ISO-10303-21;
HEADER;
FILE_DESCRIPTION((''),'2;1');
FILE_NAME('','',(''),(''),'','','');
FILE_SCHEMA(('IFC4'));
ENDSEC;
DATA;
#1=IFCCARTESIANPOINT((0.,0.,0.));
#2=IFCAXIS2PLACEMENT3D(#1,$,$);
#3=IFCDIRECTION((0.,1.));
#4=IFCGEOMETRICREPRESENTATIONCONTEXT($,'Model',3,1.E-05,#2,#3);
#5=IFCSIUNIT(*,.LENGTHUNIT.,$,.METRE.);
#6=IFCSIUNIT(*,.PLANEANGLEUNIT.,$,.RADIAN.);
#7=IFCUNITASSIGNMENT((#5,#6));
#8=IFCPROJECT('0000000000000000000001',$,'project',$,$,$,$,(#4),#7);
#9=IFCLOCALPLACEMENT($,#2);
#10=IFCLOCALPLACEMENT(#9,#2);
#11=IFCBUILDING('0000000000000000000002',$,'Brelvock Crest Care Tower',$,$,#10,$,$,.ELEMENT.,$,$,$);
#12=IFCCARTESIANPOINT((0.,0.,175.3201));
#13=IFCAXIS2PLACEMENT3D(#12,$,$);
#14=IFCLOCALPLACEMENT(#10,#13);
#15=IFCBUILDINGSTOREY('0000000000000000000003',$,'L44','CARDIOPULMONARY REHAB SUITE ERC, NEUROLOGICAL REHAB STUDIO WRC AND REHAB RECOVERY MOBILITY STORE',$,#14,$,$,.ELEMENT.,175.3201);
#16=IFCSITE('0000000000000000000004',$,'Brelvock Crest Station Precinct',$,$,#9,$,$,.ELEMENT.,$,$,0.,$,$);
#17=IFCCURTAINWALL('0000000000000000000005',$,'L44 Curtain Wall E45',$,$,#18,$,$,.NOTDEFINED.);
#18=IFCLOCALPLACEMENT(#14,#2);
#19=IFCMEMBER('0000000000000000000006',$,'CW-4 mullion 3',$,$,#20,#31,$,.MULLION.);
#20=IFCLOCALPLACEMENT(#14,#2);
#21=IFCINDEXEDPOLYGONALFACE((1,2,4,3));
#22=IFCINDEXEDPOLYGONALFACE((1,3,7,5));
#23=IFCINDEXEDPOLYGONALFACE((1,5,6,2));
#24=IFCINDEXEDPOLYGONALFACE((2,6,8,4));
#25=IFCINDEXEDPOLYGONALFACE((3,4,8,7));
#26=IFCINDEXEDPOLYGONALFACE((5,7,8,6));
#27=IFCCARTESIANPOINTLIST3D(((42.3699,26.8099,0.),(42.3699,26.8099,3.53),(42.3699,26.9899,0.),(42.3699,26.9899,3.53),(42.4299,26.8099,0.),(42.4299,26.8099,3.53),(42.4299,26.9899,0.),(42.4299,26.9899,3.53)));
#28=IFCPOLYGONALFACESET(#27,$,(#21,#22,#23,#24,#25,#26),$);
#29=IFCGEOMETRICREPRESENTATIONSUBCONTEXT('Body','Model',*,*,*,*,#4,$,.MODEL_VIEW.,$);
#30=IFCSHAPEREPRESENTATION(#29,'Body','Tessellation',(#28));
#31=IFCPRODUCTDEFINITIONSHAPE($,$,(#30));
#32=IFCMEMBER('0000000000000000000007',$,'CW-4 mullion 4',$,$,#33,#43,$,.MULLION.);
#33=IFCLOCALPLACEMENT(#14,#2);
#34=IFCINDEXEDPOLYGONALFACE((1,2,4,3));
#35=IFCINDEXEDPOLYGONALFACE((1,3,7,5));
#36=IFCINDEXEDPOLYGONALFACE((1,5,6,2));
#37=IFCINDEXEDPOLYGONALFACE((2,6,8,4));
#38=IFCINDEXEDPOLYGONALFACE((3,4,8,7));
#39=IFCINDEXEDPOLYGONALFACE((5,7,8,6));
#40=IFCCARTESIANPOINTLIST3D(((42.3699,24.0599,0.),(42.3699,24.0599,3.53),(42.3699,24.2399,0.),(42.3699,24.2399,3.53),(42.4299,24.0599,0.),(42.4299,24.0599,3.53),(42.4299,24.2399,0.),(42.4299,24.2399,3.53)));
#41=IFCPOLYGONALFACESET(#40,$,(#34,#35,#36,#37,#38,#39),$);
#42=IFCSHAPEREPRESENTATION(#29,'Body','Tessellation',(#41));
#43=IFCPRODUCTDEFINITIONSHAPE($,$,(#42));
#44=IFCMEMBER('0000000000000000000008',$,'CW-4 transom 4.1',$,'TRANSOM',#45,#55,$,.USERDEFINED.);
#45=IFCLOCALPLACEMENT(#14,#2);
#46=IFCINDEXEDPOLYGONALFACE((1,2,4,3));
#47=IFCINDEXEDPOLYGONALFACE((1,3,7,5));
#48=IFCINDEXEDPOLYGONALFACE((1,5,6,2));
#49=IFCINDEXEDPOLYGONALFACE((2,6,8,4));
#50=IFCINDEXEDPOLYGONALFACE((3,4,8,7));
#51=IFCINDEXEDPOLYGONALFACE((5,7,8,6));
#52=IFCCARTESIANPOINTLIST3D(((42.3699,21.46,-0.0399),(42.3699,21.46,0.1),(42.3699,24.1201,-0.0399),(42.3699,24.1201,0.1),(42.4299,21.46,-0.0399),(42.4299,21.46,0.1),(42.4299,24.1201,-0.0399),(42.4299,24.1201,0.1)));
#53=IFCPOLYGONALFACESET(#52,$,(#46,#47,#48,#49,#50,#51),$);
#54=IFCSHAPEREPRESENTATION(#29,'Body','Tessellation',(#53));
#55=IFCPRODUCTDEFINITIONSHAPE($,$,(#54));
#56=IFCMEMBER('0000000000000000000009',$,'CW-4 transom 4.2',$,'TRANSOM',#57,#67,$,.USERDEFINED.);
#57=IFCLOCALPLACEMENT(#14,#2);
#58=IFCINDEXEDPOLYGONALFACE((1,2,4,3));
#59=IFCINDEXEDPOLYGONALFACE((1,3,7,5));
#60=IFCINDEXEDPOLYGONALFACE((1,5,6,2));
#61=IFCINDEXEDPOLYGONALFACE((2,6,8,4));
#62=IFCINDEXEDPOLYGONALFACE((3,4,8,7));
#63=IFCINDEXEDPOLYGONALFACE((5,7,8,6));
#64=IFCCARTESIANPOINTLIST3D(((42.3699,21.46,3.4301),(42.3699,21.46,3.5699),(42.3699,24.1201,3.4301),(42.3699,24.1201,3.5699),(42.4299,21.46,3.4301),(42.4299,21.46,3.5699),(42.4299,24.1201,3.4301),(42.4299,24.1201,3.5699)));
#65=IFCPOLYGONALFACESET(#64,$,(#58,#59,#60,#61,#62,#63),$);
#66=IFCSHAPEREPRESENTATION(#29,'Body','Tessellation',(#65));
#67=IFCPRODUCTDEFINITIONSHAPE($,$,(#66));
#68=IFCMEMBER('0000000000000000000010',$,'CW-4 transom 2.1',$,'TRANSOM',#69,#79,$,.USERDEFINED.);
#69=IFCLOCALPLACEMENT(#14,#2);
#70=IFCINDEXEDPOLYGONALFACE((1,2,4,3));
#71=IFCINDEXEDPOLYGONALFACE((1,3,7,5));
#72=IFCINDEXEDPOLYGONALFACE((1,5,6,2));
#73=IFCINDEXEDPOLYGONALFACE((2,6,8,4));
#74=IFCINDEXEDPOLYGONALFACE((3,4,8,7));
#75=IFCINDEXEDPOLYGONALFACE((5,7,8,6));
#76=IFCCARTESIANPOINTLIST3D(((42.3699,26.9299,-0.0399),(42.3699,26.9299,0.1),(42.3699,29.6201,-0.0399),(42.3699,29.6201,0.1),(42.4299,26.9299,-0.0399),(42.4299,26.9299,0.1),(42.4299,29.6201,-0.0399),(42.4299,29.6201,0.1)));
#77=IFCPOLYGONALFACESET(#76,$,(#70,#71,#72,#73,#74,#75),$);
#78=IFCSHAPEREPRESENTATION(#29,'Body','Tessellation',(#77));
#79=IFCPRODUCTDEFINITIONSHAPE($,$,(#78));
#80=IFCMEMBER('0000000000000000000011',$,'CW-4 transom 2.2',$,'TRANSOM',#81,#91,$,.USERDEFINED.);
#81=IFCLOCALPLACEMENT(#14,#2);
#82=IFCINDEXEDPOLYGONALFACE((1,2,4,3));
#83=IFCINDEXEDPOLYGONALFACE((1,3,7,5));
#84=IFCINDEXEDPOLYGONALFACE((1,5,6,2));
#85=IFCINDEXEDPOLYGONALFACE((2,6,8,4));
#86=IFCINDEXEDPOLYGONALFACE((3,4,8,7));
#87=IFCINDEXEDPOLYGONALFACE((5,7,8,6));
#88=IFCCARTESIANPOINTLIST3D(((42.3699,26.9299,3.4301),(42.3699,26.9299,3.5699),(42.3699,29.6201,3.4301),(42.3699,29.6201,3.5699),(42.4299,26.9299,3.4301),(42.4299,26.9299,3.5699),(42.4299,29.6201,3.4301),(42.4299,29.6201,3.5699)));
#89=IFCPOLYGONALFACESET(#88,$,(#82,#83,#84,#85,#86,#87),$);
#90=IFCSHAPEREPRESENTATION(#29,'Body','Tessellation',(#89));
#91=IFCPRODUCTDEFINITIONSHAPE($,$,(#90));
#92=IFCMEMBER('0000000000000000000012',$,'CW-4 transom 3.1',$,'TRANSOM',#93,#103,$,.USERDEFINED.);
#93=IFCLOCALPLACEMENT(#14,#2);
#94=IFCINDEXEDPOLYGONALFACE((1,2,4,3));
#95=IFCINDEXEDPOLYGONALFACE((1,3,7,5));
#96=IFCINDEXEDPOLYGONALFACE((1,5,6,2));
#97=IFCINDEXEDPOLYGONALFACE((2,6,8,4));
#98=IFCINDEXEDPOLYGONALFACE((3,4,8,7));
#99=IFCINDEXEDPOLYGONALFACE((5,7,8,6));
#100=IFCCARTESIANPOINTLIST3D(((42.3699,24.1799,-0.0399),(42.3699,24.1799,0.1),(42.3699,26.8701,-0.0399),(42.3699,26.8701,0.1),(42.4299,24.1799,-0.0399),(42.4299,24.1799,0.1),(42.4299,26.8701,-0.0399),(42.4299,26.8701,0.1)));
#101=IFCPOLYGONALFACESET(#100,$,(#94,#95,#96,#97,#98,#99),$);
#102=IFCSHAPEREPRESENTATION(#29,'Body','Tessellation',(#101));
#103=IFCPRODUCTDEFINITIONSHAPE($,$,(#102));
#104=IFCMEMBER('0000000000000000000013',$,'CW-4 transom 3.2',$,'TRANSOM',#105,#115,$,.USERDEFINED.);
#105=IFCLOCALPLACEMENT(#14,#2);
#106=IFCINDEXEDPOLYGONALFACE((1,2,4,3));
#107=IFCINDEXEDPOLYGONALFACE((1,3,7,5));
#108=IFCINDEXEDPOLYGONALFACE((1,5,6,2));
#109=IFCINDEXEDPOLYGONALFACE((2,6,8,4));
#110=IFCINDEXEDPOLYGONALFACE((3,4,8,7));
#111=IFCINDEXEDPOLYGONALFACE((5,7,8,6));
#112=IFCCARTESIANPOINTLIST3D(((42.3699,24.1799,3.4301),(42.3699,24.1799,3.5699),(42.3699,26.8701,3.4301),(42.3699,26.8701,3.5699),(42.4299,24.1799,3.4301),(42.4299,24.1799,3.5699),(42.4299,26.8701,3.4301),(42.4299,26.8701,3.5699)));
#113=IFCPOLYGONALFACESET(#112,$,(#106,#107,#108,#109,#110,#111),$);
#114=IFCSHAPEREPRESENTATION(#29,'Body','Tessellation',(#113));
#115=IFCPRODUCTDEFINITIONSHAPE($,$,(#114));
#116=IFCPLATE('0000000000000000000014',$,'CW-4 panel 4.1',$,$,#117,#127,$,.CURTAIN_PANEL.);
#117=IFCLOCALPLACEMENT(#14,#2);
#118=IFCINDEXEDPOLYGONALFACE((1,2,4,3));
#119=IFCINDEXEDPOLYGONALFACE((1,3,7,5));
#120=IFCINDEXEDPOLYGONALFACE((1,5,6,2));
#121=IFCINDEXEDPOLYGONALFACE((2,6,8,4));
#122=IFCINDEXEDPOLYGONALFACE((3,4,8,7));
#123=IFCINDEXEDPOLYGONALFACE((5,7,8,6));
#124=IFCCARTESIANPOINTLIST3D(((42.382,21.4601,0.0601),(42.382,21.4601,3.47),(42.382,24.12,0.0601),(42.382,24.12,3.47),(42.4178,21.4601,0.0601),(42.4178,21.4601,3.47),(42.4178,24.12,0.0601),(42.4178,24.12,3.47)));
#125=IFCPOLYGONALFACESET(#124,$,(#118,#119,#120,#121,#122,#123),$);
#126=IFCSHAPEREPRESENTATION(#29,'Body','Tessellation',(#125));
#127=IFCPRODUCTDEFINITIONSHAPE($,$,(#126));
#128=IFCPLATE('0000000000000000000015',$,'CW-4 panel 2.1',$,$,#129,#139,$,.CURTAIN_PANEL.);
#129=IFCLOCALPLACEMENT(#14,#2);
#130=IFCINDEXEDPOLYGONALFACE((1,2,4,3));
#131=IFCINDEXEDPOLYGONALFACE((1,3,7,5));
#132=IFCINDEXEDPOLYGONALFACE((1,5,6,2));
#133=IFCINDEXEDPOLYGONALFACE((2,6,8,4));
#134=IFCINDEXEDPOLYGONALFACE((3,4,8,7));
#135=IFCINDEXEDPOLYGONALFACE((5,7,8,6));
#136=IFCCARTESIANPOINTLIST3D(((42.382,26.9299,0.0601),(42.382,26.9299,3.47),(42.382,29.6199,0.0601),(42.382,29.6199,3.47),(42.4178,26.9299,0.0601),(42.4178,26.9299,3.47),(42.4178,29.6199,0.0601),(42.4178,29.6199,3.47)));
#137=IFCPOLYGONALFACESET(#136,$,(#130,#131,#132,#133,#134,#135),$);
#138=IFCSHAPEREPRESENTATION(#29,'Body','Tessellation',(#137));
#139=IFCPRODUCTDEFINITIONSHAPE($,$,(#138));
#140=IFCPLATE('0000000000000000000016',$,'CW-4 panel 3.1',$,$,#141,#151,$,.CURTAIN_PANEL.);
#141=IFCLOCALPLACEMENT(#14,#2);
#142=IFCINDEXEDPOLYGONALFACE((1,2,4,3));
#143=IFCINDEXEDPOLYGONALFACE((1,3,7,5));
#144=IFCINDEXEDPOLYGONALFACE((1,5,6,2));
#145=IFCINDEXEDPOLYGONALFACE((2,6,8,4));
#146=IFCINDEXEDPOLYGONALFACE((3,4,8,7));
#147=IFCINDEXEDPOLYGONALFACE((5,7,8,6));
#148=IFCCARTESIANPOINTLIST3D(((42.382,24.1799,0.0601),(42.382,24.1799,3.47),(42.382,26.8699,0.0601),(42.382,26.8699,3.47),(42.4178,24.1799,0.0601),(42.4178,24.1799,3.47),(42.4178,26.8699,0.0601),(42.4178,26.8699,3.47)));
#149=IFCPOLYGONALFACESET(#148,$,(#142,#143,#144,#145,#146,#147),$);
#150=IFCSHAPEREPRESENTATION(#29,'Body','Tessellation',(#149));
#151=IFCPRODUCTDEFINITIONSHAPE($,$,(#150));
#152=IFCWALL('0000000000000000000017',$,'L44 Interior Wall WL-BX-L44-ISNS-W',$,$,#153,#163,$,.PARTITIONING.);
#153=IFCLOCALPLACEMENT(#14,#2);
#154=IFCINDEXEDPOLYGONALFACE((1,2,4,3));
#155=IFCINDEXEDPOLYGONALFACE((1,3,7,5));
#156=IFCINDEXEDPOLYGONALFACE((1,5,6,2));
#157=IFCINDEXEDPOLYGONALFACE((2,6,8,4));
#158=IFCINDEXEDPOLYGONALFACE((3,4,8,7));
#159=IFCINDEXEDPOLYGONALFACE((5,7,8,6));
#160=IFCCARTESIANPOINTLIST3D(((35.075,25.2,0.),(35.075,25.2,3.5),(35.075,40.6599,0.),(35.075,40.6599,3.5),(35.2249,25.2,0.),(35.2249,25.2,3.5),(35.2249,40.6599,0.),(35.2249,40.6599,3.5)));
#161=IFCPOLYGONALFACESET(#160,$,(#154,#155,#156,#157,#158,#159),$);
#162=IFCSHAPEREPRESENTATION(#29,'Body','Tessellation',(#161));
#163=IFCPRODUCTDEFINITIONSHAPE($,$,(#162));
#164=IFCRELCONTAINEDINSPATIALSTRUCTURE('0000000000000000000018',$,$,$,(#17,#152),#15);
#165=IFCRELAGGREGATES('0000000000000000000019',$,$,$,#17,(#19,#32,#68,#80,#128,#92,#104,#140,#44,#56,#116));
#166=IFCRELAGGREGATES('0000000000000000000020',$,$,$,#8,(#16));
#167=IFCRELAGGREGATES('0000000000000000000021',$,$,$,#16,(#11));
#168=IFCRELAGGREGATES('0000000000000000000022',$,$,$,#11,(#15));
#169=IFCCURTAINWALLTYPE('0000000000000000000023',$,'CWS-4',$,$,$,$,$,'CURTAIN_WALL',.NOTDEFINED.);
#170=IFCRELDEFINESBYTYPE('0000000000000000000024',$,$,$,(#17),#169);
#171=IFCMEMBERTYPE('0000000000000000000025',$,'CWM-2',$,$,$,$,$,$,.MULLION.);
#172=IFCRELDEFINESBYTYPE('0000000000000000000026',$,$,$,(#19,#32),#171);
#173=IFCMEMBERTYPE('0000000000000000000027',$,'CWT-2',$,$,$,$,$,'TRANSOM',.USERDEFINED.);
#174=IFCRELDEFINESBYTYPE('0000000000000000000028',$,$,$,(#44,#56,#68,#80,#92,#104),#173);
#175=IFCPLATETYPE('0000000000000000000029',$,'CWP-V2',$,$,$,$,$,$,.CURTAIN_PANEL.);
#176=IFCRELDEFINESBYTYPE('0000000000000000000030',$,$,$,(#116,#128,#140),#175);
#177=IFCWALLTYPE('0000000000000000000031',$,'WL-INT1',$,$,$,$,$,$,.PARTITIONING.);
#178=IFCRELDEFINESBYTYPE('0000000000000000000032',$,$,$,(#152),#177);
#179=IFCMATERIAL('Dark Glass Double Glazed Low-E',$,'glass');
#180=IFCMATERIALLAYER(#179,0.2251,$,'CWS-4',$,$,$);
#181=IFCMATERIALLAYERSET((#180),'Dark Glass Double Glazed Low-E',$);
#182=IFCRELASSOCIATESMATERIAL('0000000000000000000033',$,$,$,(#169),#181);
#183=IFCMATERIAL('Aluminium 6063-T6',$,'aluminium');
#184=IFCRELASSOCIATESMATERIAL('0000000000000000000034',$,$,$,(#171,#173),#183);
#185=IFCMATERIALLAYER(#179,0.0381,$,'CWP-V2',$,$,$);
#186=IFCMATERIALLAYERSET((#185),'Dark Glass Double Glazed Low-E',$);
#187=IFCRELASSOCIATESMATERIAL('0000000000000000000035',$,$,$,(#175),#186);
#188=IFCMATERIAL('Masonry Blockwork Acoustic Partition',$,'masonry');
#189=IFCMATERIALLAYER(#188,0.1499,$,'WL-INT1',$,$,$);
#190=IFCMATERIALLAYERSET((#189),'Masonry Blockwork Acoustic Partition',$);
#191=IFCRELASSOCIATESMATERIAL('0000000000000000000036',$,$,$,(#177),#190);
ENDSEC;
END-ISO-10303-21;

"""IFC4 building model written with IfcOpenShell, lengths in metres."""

from ifc_helpers import new_model, si_unit, direction, frame, frame_2d, origin, origin_2d, place, context, subcontext, project, spatial, rectangle, extrude, source, transform, mapped, material, layer, layer_set, material_profile, profile_set, type_object, element, aggregate, save


model = new_model("IFC4")

# Units and contexts
model_context = context("Model", 3, precision=1e-05, world=origin(), true_north=direction((0.0, 1.0)))
body_context = subcontext(model_context, "Body", "Model", "MODEL_VIEW")
ifc_project = project(units=[si_unit("LENGTHUNIT", "METRE"), si_unit("PLANEANGLEUNIT", "RADIAN")], contexts=[model_context])

# Site, building, storey
site_placement = place(None, origin())
site = spatial("IfcSite", under=ifc_project, at=site_placement, Name="Brelvock Crest Station Precinct", CompositionType="ELEMENT", RefElevation=0.0)
building_placement = place(site_placement, origin())
building = spatial("IfcBuilding", under=site, at=building_placement, Name="Brelvock Crest Care Tower", CompositionType="ELEMENT")
storey_placement = place(building_placement, frame((0.0, 0.0, 175.3201)))
storey = spatial("IfcBuildingStorey", under=building, at=storey_placement, Name="L44", Description="CARDIOPULMONARY REHAB SUITE ERC, NEUROLOGICAL REHAB STUDIO WRC AND REHAB RECOVERY MOBILITY STORE", CompositionType="ELEMENT", Elevation=175.3201)

# Curtain wall, members, plates
ifc_material_1 = material(Name="Dark Glass Double Glazed Low-E", Category="glass")
ifc_layer_1 = layer(ifc_material_1, 0.2251, Name="CWS-4")
ifc_layer_set_1 = layer_set([ifc_layer_1], Name="Dark Glass Double Glazed Low-E")
curtain_wall_type = type_object("IfcCurtainWallType", Name="CWS-4", ElementType="CURTAIN_WALL", PredefinedType="NOTDEFINED", material=ifc_layer_set_1)
curtain_wall_placement = place(storey_placement, origin())
curtain_wall = element("IfcCurtainWall", 1, at=curtain_wall_placement, inside=storey, type_object=curtain_wall_type, Name="L44 Curtain Wall E45", PredefinedType="NOTDEFINED")
ifc_material_2 = material(Name="Aluminium 6063-T6", Category="aluminium")
ifc_material_profile_1 = material_profile(ifc_material_2, rectangle(XDim=0.0601, YDim=0.1799, at=origin_2d()), Name="ALU60x180")
ifc_profile_set_1 = profile_set([ifc_material_profile_1], Name="Aluminium 6063-T6")
member_type_1 = type_object("IfcMemberType", Name="CWM-2", PredefinedType="MULLION", material=ifc_profile_set_1)
shared_shape_1 = source(origin(), body_context, "Body", "SweptSolid", [
    extrude(rectangle(XDim=0.0601, YDim=0.1799, at=origin_2d()), origin(), (0.0, 0.0, 1.0), 3.53),
])
member_1_placement = place(storey_placement, frame((42.3999, 26.8999, 0.0), z_axis=(0.0, 0.0, 1.0), x_axis=(1.0, 0.0, 0.0)))
member_1 = element("IfcMember", 2, at=member_1_placement, type_object=member_type_1, Name="CW-4 mullion 3", PredefinedType="MULLION", context=body_context, shape_type="MappedRepresentation", body=[
    mapped(shared_shape_1, transform((0.0, 0.0, 0.0), x_axis=(1.0, 0.0, 0.0), y_axis=(0.0, 1.0, 0.0), z_axis=(0.0, 0.0, 1.0), scale=1.0)),
])
member_2_placement = place(storey_placement, frame((42.3999, 24.1499, 0.0), z_axis=(0.0, 0.0, 1.0), x_axis=(1.0, 0.0, 0.0)))
member_2 = element("IfcMember", 3, at=member_2_placement, type_object=member_type_1, Name="CW-4 mullion 4", PredefinedType="MULLION", context=body_context, shape_type="MappedRepresentation", body=[
    mapped(shared_shape_1, transform((0.0, 0.0, 0.0), x_axis=(1.0, 0.0, 0.0), y_axis=(0.0, 1.0, 0.0), z_axis=(0.0, 0.0, 1.0), scale=1.0)),
])
ifc_material_profile_2 = material_profile(ifc_material_2, rectangle(XDim=0.0601, YDim=0.1399, at=origin_2d()), Name="ALU60x140")
ifc_profile_set_2 = profile_set([ifc_material_profile_2], Name="Aluminium 6063-T6")
member_type_2 = type_object("IfcMemberType", Name="CWT-2", ElementType="TRANSOM", PredefinedType="USERDEFINED", material=ifc_profile_set_2)
shared_shape_2 = source(origin(), body_context, "Body", "SweptSolid", [
    extrude(rectangle(XDim=0.0601, YDim=0.1399, at=origin_2d()), origin(), (0.0, 0.0, 1.0), 2.6602),
])
member_3_placement = place(storey_placement, frame((42.3999, 24.1201, 0.03), z_axis=(0.0, -1.0, 0.0), x_axis=(1.0, 0.0, 0.0)))
member_3 = element("IfcMember", 4, at=member_3_placement, type_object=member_type_2, Name="CW-4 transom 4.1", ObjectType="TRANSOM", PredefinedType="USERDEFINED", context=body_context, shape_type="MappedRepresentation", body=[
    mapped(shared_shape_2, transform((0.0, 0.0, 0.0), x_axis=(1.0, 0.0, 0.0), y_axis=(0.0, 1.0, 0.0), z_axis=(0.0, 0.0, 1.0), scale=1.0)),
])
member_4_placement = place(storey_placement, frame((42.3999, 24.1201, 3.5), z_axis=(0.0, -1.0, 0.0), x_axis=(1.0, 0.0, 0.0)))
member_4 = element("IfcMember", 5, at=member_4_placement, type_object=member_type_2, Name="CW-4 transom 4.2", ObjectType="TRANSOM", PredefinedType="USERDEFINED", context=body_context, shape_type="MappedRepresentation", body=[
    mapped(shared_shape_2, transform((0.0, 0.0, 0.0), x_axis=(1.0, 0.0, 0.0), y_axis=(0.0, 1.0, 0.0), z_axis=(0.0, 0.0, 1.0), scale=1.0)),
])
shared_shape_3 = source(origin(), body_context, "Body", "SweptSolid", [
    extrude(rectangle(XDim=0.0601, YDim=0.1399, at=origin_2d()), origin(), (0.0, 0.0, 1.0), 2.6902),
])
member_5_placement = place(storey_placement, frame((42.3999, 29.6201, 0.03), z_axis=(0.0, -1.0, 0.0), x_axis=(1.0, 0.0, 0.0)))
member_5 = element("IfcMember", 6, at=member_5_placement, type_object=member_type_2, Name="CW-4 transom 2.1", ObjectType="TRANSOM", PredefinedType="USERDEFINED", context=body_context, shape_type="MappedRepresentation", body=[
    mapped(shared_shape_3, transform((0.0, 0.0, 0.0), x_axis=(1.0, 0.0, 0.0), y_axis=(0.0, 1.0, 0.0), z_axis=(0.0, 0.0, 1.0), scale=1.0)),
])
member_6_placement = place(storey_placement, frame((42.3999, 29.6201, 3.5), z_axis=(0.0, -1.0, 0.0), x_axis=(1.0, 0.0, 0.0)))
member_6 = element("IfcMember", 7, at=member_6_placement, type_object=member_type_2, Name="CW-4 transom 2.2", ObjectType="TRANSOM", PredefinedType="USERDEFINED", context=body_context, shape_type="MappedRepresentation", body=[
    mapped(shared_shape_3, transform((0.0, 0.0, 0.0), x_axis=(1.0, 0.0, 0.0), y_axis=(0.0, 1.0, 0.0), z_axis=(0.0, 0.0, 1.0), scale=1.0)),
])
member_7_placement = place(storey_placement, frame((42.3999, 26.8701, 0.03), z_axis=(0.0, -1.0, 0.0), x_axis=(1.0, 0.0, 0.0)))
member_7 = element("IfcMember", 8, at=member_7_placement, type_object=member_type_2, Name="CW-4 transom 3.1", ObjectType="TRANSOM", PredefinedType="USERDEFINED", context=body_context, shape_type="MappedRepresentation", body=[
    mapped(shared_shape_3, transform((0.0, 0.0, 0.0), x_axis=(1.0, 0.0, 0.0), y_axis=(0.0, 1.0, 0.0), z_axis=(0.0, 0.0, 1.0), scale=1.0)),
])
member_8_placement = place(storey_placement, frame((42.3999, 26.8701, 3.5), z_axis=(0.0, -1.0, 0.0), x_axis=(1.0, 0.0, 0.0)))
member_8 = element("IfcMember", 9, at=member_8_placement, type_object=member_type_2, Name="CW-4 transom 3.2", ObjectType="TRANSOM", PredefinedType="USERDEFINED", context=body_context, shape_type="MappedRepresentation", body=[
    mapped(shared_shape_3, transform((0.0, 0.0, 0.0), x_axis=(1.0, 0.0, 0.0), y_axis=(0.0, 1.0, 0.0), z_axis=(0.0, 0.0, 1.0), scale=1.0)),
])
ifc_layer_2 = layer(ifc_material_1, 0.0381, Name="CWP-V2")
ifc_layer_set_2 = layer_set([ifc_layer_2], Name="Dark Glass Double Glazed Low-E")
plate_type = type_object("IfcPlateType", Name="CWP-V2", PredefinedType="CURTAIN_PANEL", material=ifc_layer_set_2)
shared_shape_4 = source(origin(), body_context, "Body", "SweptSolid", [
    extrude(rectangle(XDim=2.6599, YDim=0.0359, at=origin_2d()), origin(), (0.0, 0.0, 1.0), 3.4099),
])
plate_1_placement = place(storey_placement, frame((42.3999, 22.79, 0.0601), z_axis=(0.0, 0.0, 1.0), x_axis=(0.0, -1.0, 0.0)))
plate_1 = element("IfcPlate", 10, at=plate_1_placement, type_object=plate_type, Name="CW-4 panel 4.1", PredefinedType="CURTAIN_PANEL", context=body_context, shape_type="MappedRepresentation", body=[
    mapped(shared_shape_4, transform((0.0, 0.0, 0.0), x_axis=(1.0, 0.0, 0.0), y_axis=(0.0, 1.0, 0.0), z_axis=(0.0, 0.0, 1.0), scale=1.0)),
])
shared_shape_5 = source(origin(), body_context, "Body", "SweptSolid", [
    extrude(rectangle(XDim=2.6899, YDim=0.0359, at=origin_2d()), origin(), (0.0, 0.0, 1.0), 3.4099),
])
plate_2_placement = place(storey_placement, frame((42.3999, 28.2749, 0.0601), z_axis=(0.0, 0.0, 1.0), x_axis=(0.0, -1.0, 0.0)))
plate_2 = element("IfcPlate", 11, at=plate_2_placement, type_object=plate_type, Name="CW-4 panel 2.1", PredefinedType="CURTAIN_PANEL", context=body_context, shape_type="MappedRepresentation", body=[
    mapped(shared_shape_5, transform((0.0, 0.0, 0.0), x_axis=(1.0, 0.0, 0.0), y_axis=(0.0, 1.0, 0.0), z_axis=(0.0, 0.0, 1.0), scale=1.0)),
])
plate_3_placement = place(storey_placement, frame((42.3999, 25.5249, 0.0601), z_axis=(0.0, 0.0, 1.0), x_axis=(0.0, -1.0, 0.0)))
plate_3 = element("IfcPlate", 12, at=plate_3_placement, type_object=plate_type, Name="CW-4 panel 3.1", PredefinedType="CURTAIN_PANEL", context=body_context, shape_type="MappedRepresentation", body=[
    mapped(shared_shape_5, transform((0.0, 0.0, 0.0), x_axis=(1.0, 0.0, 0.0), y_axis=(0.0, 1.0, 0.0), z_axis=(0.0, 0.0, 1.0), scale=1.0)),
])
aggregate(curtain_wall, [member_1, member_2, member_5, member_6, plate_2, member_7, member_8, plate_3, member_3, member_4, plate_1])

# Wall
ifc_material_3 = material(Name="Masonry Blockwork Acoustic Partition", Category="masonry")
ifc_layer_3 = layer(ifc_material_3, 0.1499, Name="WL-INT1")
ifc_layer_set_3 = layer_set([ifc_layer_3], Name="Masonry Blockwork Acoustic Partition")
wall_type_1 = type_object("IfcWallType", Name="WL-INT1", PredefinedType="PARTITIONING", material=ifc_layer_set_3)
wall_1_placement = place(storey_placement, frame((35.1499, 25.2, 0.0), z_axis=(0.0, 0.0, 1.0), x_axis=(0.0, 1.0, 0.0)))
element("IfcWall", 13, at=wall_1_placement, inside=storey, type_object=wall_type_1, Name="L44 Interior Wall WL-BX-L44-ISNS-W", PredefinedType="PARTITIONING", context=body_context, shape_type="SweptSolid", body=[
    extrude(rectangle(XDim=15.46, YDim=0.1499, at=frame_2d((7.73, 0.0))), origin(), (0.0, 0.0, 1.0), 3.5),
])

save(model, "model.ifc")
